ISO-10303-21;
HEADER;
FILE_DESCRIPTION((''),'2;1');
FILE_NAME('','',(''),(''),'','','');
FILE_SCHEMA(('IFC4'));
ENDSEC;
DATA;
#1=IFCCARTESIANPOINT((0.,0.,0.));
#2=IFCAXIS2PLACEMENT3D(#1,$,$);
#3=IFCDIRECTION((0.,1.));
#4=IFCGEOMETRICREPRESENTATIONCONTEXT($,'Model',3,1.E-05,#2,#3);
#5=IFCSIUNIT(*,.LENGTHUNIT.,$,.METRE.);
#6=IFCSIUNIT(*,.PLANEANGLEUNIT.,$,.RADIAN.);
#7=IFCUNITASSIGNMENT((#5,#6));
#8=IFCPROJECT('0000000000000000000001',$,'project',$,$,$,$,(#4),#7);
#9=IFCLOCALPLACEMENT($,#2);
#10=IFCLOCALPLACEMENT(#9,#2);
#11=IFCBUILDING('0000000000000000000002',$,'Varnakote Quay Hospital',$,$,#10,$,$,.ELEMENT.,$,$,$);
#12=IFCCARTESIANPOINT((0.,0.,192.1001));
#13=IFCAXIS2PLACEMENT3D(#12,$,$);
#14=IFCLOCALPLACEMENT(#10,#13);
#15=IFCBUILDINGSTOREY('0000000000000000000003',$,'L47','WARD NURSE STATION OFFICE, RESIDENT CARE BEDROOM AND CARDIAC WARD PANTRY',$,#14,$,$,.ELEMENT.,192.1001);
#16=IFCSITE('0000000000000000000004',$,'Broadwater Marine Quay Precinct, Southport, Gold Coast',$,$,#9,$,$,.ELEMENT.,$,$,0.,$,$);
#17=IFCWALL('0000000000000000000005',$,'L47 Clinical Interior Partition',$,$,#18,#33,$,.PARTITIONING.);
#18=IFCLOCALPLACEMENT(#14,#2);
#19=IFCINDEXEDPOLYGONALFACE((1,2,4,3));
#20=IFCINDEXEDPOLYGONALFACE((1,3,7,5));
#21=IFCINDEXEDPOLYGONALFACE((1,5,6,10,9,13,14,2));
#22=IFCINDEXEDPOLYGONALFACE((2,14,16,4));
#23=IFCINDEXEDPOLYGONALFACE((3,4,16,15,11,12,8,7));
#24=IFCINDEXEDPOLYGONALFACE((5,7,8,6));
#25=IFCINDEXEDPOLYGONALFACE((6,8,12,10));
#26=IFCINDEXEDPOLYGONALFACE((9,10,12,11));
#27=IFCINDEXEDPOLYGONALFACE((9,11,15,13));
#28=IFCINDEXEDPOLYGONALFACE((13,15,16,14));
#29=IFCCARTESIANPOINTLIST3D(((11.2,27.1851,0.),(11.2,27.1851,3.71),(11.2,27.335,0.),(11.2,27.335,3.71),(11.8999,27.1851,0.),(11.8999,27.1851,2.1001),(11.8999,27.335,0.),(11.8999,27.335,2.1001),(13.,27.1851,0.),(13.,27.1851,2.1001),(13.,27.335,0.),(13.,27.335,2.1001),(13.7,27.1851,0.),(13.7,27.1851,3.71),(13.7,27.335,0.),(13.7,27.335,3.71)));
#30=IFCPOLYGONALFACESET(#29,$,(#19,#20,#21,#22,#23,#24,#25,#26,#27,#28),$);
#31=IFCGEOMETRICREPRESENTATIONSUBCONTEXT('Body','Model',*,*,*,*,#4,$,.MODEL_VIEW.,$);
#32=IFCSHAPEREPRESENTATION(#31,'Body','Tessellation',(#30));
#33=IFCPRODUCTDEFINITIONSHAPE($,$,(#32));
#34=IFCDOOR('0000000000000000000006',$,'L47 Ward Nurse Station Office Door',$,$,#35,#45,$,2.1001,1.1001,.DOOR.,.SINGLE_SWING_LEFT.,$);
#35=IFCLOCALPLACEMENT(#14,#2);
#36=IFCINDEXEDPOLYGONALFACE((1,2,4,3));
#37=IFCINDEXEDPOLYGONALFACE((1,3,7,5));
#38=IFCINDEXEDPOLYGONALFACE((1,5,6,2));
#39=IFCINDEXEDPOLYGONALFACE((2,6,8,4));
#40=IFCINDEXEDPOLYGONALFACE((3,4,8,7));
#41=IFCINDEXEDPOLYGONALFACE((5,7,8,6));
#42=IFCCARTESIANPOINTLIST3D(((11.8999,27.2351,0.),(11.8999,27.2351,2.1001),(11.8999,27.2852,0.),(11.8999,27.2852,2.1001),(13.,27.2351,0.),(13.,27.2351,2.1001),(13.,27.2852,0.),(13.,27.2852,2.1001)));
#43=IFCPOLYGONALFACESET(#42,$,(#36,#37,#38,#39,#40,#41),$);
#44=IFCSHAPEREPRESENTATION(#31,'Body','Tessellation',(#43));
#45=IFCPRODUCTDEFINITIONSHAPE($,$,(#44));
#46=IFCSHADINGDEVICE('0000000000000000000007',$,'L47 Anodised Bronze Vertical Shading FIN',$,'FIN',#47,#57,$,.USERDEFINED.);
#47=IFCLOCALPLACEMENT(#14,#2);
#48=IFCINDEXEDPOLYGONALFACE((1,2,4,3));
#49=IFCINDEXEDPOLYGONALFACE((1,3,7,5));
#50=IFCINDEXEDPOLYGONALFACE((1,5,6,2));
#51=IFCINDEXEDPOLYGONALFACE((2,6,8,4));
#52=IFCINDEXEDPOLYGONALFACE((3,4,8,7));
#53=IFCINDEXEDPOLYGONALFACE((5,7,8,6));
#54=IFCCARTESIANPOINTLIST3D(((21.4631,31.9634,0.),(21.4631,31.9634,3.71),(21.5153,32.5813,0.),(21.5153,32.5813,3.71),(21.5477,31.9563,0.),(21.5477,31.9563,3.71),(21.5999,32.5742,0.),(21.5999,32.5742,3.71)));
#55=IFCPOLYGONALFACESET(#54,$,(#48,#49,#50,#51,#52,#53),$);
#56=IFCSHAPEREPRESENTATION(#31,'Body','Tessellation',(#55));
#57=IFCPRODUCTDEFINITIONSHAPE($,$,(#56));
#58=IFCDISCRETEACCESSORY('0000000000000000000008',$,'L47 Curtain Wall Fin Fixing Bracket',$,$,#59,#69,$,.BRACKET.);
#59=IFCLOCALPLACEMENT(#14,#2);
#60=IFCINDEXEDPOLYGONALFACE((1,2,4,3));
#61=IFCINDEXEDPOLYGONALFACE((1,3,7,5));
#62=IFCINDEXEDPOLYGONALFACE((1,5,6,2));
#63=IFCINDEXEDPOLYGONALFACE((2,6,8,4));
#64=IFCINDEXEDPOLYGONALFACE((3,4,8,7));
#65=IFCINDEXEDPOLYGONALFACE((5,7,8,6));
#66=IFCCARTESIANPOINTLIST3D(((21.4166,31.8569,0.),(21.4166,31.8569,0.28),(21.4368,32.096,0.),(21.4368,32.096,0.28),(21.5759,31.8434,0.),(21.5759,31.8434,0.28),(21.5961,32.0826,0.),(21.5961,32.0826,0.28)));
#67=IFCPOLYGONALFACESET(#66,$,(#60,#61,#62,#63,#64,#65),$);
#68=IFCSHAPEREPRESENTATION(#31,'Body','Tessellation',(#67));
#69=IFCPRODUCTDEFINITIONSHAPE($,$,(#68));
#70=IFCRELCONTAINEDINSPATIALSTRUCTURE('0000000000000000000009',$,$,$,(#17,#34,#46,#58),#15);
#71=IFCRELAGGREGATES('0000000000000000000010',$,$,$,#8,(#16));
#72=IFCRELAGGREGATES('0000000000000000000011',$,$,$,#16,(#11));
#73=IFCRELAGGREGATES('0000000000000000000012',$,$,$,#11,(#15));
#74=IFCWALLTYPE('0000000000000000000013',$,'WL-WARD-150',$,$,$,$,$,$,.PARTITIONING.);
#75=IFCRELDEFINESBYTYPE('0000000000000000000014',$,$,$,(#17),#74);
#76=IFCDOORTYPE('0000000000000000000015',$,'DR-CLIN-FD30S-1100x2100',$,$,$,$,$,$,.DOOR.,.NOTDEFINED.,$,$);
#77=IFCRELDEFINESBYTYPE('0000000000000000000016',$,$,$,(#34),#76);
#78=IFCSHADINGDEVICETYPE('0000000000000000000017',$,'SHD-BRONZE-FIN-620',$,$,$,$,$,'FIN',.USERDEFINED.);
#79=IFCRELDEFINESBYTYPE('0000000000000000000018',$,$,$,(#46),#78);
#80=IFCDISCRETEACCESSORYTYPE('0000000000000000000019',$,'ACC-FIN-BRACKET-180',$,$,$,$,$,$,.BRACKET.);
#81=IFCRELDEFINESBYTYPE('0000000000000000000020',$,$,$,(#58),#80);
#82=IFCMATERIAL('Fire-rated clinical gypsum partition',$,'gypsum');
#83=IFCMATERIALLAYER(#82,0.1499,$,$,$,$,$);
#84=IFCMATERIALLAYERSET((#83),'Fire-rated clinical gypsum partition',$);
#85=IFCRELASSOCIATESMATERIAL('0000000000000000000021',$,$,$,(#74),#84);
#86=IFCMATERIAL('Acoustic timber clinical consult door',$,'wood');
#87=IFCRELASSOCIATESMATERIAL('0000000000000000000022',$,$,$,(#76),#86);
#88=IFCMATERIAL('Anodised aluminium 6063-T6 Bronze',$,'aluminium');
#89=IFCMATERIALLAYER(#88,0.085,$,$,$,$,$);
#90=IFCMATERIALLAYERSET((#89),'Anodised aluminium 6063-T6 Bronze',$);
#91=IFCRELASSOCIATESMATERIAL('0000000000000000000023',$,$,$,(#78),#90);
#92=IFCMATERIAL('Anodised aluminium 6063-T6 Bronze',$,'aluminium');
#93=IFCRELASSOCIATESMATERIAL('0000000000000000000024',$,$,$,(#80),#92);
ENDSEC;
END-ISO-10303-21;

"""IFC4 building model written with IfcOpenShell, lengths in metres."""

from ifc_helpers import new_model, si_unit, direction, frame, frame_2d, origin, origin_2d, place, context, subcontext, project, spatial, rectangle, extrude, material, layer, layer_set, type_object, element, fill, save


model = new_model("IFC4")

# Units and contexts
model_context = context("Model", 3, precision=1e-05, world=origin(), true_north=direction((0.0, 1.0)))
body_context = subcontext(model_context, "Body", "Model", "MODEL_VIEW")
ifc_project = project(units=[si_unit("LENGTHUNIT", "METRE"), si_unit("PLANEANGLEUNIT", "RADIAN")], contexts=[model_context])

# Site, building, storey
site_placement = place(None, origin())
site = spatial("IfcSite", under=ifc_project, at=site_placement, Name="Broadwater Marine Quay Precinct, Southport, Gold Coast", CompositionType="ELEMENT", RefElevation=0.0)
building_placement = place(site_placement, origin())
building = spatial("IfcBuilding", under=site, at=building_placement, Name="Varnakote Quay Hospital", CompositionType="ELEMENT")
storey_placement = place(building_placement, frame((0.0, 0.0, 192.1001)))
storey = spatial("IfcBuildingStorey", under=building, at=storey_placement, Name="L47", Description="WARD NURSE STATION OFFICE, RESIDENT CARE BEDROOM AND CARDIAC WARD PANTRY", CompositionType="ELEMENT", Elevation=192.1001)

# Shared definitions
ifc_material_1 = material(Name="Fire-rated clinical gypsum partition", Category="gypsum")
ifc_layer_1 = layer(ifc_material_1, 0.1499)
ifc_layer_set_1 = layer_set([ifc_layer_1], Name="Fire-rated clinical gypsum partition")
wall_type_1 = type_object("IfcWallType", Name="WL-WARD-150", PredefinedType="PARTITIONING", material=ifc_layer_set_1)

# Wall, opening, door
ifc_material_2 = material(Name="Acoustic timber clinical consult door", Category="wood")
door_type = type_object("IfcDoorType", Name="DR-CLIN-FD30S-1100x2100", OperationType="NOTDEFINED", PredefinedType="DOOR", material=ifc_material_2)
wall_1_placement = place(storey_placement, frame((13.7, 27.26, 0.0), z_axis=(0.0, 0.0, 1.0), x_axis=(-1.0, 0.0, 0.0)))
wall_1 = element("IfcWall", 1, at=wall_1_placement, inside=storey, type_object=wall_type_1, Name="L47 Clinical Interior Partition", PredefinedType="PARTITIONING", context=body_context, shape_type="SweptSolid", body=[
    extrude(rectangle(XDim=2.5, YDim=0.1499, at=frame_2d((1.25, 0.0))), origin(), (0.0, 0.0, 1.0), 3.71),
])
opening_1_placement = place(wall_1_placement, frame((0.7, 0.0, 0.0)))
opening_1 = element("IfcOpeningElement", 2, at=opening_1_placement, cuts=wall_1, PredefinedType="OPENING", context=body_context, shape_type="SweptSolid", body=[
    extrude(rectangle(XDim=1.1001, YDim=2.1001, at=frame_2d((0.55, 1.05))), frame((0.0, 0.085, 0.0), z_axis=(0.0, -1.0, 0.0), x_axis=(1.0, 0.0, 0.0)), (0.0, 0.0, 1.0), 0.1699),
])
door_1_placement = place(opening_1_placement, origin())
door_1 = element("IfcDoor", 3, at=door_1_placement, inside=storey, type_object=door_type, Name="L47 Ward Nurse Station Office Door", OperationType="SINGLE_SWING_LEFT", OverallHeight=2.1001, OverallWidth=1.1001, PredefinedType="DOOR", context=body_context, shape_type="SweptSolid", body=[
    extrude(rectangle(XDim=1.1001, YDim=2.1001, at=frame_2d((0.55, 1.05))), frame((0.0, 0.0249, 0.0), z_axis=(0.0, -1.0, 0.0), x_axis=(1.0, 0.0, 0.0)), (0.0, 0.0, 1.0), 0.05),
])
fill(opening_1, door_1)

# Shading device
ifc_material_3 = material(Name="Anodised aluminium 6063-T6 Bronze", Category="aluminium")
ifc_layer_2 = layer(ifc_material_3, 0.085)
ifc_layer_set_2 = layer_set([ifc_layer_2], Name="Anodised aluminium 6063-T6 Bronze")
shading_device_type = type_object("IfcShadingDeviceType", Name="SHD-BRONZE-FIN-620", ElementType="FIN", PredefinedType="USERDEFINED", material=ifc_layer_set_2)
shading_device_placement = place(storey_placement, frame((21.5315, 32.2688, 0.0), z_axis=(0.0, 0.0, 1.0), x_axis=(-0.0842, -0.996449, 0.0)))
element("IfcShadingDevice", 4, at=shading_device_placement, inside=storey, type_object=shading_device_type, Name="L47 Anodised Bronze Vertical Shading FIN", ObjectType="FIN", PredefinedType="USERDEFINED", context=body_context, shape_type="SweptSolid", body=[
    extrude(rectangle(XDim=0.6201, YDim=0.085, at=origin_2d()), origin(), (0.0, 0.0, 1.0), 3.71),
])

# Discrete accessory
ifc_material_4 = material(Name="Anodised aluminium 6063-T6 Bronze", Category="aluminium")
discrete_accessory_type = type_object("IfcDiscreteAccessoryType", Name="ACC-FIN-BRACKET-180", PredefinedType="BRACKET", material=ifc_material_4)
discrete_accessory_placement = place(storey_placement, frame((21.5063, 31.9697, 0.0), z_axis=(0.0, 0.0, 1.0), x_axis=(-0.996449, 0.0842, 0.0)))
element("IfcDiscreteAccessory", 5, at=discrete_accessory_placement, inside=storey, type_object=discrete_accessory_type, Name="L47 Curtain Wall Fin Fixing Bracket", PredefinedType="BRACKET", context=body_context, shape_type="SweptSolid", body=[
    extrude(rectangle(XDim=0.1599, YDim=0.24, at=origin_2d()), origin(), (0.0, 0.0, 1.0), 0.28),
])

save(model, "model.ifc")
